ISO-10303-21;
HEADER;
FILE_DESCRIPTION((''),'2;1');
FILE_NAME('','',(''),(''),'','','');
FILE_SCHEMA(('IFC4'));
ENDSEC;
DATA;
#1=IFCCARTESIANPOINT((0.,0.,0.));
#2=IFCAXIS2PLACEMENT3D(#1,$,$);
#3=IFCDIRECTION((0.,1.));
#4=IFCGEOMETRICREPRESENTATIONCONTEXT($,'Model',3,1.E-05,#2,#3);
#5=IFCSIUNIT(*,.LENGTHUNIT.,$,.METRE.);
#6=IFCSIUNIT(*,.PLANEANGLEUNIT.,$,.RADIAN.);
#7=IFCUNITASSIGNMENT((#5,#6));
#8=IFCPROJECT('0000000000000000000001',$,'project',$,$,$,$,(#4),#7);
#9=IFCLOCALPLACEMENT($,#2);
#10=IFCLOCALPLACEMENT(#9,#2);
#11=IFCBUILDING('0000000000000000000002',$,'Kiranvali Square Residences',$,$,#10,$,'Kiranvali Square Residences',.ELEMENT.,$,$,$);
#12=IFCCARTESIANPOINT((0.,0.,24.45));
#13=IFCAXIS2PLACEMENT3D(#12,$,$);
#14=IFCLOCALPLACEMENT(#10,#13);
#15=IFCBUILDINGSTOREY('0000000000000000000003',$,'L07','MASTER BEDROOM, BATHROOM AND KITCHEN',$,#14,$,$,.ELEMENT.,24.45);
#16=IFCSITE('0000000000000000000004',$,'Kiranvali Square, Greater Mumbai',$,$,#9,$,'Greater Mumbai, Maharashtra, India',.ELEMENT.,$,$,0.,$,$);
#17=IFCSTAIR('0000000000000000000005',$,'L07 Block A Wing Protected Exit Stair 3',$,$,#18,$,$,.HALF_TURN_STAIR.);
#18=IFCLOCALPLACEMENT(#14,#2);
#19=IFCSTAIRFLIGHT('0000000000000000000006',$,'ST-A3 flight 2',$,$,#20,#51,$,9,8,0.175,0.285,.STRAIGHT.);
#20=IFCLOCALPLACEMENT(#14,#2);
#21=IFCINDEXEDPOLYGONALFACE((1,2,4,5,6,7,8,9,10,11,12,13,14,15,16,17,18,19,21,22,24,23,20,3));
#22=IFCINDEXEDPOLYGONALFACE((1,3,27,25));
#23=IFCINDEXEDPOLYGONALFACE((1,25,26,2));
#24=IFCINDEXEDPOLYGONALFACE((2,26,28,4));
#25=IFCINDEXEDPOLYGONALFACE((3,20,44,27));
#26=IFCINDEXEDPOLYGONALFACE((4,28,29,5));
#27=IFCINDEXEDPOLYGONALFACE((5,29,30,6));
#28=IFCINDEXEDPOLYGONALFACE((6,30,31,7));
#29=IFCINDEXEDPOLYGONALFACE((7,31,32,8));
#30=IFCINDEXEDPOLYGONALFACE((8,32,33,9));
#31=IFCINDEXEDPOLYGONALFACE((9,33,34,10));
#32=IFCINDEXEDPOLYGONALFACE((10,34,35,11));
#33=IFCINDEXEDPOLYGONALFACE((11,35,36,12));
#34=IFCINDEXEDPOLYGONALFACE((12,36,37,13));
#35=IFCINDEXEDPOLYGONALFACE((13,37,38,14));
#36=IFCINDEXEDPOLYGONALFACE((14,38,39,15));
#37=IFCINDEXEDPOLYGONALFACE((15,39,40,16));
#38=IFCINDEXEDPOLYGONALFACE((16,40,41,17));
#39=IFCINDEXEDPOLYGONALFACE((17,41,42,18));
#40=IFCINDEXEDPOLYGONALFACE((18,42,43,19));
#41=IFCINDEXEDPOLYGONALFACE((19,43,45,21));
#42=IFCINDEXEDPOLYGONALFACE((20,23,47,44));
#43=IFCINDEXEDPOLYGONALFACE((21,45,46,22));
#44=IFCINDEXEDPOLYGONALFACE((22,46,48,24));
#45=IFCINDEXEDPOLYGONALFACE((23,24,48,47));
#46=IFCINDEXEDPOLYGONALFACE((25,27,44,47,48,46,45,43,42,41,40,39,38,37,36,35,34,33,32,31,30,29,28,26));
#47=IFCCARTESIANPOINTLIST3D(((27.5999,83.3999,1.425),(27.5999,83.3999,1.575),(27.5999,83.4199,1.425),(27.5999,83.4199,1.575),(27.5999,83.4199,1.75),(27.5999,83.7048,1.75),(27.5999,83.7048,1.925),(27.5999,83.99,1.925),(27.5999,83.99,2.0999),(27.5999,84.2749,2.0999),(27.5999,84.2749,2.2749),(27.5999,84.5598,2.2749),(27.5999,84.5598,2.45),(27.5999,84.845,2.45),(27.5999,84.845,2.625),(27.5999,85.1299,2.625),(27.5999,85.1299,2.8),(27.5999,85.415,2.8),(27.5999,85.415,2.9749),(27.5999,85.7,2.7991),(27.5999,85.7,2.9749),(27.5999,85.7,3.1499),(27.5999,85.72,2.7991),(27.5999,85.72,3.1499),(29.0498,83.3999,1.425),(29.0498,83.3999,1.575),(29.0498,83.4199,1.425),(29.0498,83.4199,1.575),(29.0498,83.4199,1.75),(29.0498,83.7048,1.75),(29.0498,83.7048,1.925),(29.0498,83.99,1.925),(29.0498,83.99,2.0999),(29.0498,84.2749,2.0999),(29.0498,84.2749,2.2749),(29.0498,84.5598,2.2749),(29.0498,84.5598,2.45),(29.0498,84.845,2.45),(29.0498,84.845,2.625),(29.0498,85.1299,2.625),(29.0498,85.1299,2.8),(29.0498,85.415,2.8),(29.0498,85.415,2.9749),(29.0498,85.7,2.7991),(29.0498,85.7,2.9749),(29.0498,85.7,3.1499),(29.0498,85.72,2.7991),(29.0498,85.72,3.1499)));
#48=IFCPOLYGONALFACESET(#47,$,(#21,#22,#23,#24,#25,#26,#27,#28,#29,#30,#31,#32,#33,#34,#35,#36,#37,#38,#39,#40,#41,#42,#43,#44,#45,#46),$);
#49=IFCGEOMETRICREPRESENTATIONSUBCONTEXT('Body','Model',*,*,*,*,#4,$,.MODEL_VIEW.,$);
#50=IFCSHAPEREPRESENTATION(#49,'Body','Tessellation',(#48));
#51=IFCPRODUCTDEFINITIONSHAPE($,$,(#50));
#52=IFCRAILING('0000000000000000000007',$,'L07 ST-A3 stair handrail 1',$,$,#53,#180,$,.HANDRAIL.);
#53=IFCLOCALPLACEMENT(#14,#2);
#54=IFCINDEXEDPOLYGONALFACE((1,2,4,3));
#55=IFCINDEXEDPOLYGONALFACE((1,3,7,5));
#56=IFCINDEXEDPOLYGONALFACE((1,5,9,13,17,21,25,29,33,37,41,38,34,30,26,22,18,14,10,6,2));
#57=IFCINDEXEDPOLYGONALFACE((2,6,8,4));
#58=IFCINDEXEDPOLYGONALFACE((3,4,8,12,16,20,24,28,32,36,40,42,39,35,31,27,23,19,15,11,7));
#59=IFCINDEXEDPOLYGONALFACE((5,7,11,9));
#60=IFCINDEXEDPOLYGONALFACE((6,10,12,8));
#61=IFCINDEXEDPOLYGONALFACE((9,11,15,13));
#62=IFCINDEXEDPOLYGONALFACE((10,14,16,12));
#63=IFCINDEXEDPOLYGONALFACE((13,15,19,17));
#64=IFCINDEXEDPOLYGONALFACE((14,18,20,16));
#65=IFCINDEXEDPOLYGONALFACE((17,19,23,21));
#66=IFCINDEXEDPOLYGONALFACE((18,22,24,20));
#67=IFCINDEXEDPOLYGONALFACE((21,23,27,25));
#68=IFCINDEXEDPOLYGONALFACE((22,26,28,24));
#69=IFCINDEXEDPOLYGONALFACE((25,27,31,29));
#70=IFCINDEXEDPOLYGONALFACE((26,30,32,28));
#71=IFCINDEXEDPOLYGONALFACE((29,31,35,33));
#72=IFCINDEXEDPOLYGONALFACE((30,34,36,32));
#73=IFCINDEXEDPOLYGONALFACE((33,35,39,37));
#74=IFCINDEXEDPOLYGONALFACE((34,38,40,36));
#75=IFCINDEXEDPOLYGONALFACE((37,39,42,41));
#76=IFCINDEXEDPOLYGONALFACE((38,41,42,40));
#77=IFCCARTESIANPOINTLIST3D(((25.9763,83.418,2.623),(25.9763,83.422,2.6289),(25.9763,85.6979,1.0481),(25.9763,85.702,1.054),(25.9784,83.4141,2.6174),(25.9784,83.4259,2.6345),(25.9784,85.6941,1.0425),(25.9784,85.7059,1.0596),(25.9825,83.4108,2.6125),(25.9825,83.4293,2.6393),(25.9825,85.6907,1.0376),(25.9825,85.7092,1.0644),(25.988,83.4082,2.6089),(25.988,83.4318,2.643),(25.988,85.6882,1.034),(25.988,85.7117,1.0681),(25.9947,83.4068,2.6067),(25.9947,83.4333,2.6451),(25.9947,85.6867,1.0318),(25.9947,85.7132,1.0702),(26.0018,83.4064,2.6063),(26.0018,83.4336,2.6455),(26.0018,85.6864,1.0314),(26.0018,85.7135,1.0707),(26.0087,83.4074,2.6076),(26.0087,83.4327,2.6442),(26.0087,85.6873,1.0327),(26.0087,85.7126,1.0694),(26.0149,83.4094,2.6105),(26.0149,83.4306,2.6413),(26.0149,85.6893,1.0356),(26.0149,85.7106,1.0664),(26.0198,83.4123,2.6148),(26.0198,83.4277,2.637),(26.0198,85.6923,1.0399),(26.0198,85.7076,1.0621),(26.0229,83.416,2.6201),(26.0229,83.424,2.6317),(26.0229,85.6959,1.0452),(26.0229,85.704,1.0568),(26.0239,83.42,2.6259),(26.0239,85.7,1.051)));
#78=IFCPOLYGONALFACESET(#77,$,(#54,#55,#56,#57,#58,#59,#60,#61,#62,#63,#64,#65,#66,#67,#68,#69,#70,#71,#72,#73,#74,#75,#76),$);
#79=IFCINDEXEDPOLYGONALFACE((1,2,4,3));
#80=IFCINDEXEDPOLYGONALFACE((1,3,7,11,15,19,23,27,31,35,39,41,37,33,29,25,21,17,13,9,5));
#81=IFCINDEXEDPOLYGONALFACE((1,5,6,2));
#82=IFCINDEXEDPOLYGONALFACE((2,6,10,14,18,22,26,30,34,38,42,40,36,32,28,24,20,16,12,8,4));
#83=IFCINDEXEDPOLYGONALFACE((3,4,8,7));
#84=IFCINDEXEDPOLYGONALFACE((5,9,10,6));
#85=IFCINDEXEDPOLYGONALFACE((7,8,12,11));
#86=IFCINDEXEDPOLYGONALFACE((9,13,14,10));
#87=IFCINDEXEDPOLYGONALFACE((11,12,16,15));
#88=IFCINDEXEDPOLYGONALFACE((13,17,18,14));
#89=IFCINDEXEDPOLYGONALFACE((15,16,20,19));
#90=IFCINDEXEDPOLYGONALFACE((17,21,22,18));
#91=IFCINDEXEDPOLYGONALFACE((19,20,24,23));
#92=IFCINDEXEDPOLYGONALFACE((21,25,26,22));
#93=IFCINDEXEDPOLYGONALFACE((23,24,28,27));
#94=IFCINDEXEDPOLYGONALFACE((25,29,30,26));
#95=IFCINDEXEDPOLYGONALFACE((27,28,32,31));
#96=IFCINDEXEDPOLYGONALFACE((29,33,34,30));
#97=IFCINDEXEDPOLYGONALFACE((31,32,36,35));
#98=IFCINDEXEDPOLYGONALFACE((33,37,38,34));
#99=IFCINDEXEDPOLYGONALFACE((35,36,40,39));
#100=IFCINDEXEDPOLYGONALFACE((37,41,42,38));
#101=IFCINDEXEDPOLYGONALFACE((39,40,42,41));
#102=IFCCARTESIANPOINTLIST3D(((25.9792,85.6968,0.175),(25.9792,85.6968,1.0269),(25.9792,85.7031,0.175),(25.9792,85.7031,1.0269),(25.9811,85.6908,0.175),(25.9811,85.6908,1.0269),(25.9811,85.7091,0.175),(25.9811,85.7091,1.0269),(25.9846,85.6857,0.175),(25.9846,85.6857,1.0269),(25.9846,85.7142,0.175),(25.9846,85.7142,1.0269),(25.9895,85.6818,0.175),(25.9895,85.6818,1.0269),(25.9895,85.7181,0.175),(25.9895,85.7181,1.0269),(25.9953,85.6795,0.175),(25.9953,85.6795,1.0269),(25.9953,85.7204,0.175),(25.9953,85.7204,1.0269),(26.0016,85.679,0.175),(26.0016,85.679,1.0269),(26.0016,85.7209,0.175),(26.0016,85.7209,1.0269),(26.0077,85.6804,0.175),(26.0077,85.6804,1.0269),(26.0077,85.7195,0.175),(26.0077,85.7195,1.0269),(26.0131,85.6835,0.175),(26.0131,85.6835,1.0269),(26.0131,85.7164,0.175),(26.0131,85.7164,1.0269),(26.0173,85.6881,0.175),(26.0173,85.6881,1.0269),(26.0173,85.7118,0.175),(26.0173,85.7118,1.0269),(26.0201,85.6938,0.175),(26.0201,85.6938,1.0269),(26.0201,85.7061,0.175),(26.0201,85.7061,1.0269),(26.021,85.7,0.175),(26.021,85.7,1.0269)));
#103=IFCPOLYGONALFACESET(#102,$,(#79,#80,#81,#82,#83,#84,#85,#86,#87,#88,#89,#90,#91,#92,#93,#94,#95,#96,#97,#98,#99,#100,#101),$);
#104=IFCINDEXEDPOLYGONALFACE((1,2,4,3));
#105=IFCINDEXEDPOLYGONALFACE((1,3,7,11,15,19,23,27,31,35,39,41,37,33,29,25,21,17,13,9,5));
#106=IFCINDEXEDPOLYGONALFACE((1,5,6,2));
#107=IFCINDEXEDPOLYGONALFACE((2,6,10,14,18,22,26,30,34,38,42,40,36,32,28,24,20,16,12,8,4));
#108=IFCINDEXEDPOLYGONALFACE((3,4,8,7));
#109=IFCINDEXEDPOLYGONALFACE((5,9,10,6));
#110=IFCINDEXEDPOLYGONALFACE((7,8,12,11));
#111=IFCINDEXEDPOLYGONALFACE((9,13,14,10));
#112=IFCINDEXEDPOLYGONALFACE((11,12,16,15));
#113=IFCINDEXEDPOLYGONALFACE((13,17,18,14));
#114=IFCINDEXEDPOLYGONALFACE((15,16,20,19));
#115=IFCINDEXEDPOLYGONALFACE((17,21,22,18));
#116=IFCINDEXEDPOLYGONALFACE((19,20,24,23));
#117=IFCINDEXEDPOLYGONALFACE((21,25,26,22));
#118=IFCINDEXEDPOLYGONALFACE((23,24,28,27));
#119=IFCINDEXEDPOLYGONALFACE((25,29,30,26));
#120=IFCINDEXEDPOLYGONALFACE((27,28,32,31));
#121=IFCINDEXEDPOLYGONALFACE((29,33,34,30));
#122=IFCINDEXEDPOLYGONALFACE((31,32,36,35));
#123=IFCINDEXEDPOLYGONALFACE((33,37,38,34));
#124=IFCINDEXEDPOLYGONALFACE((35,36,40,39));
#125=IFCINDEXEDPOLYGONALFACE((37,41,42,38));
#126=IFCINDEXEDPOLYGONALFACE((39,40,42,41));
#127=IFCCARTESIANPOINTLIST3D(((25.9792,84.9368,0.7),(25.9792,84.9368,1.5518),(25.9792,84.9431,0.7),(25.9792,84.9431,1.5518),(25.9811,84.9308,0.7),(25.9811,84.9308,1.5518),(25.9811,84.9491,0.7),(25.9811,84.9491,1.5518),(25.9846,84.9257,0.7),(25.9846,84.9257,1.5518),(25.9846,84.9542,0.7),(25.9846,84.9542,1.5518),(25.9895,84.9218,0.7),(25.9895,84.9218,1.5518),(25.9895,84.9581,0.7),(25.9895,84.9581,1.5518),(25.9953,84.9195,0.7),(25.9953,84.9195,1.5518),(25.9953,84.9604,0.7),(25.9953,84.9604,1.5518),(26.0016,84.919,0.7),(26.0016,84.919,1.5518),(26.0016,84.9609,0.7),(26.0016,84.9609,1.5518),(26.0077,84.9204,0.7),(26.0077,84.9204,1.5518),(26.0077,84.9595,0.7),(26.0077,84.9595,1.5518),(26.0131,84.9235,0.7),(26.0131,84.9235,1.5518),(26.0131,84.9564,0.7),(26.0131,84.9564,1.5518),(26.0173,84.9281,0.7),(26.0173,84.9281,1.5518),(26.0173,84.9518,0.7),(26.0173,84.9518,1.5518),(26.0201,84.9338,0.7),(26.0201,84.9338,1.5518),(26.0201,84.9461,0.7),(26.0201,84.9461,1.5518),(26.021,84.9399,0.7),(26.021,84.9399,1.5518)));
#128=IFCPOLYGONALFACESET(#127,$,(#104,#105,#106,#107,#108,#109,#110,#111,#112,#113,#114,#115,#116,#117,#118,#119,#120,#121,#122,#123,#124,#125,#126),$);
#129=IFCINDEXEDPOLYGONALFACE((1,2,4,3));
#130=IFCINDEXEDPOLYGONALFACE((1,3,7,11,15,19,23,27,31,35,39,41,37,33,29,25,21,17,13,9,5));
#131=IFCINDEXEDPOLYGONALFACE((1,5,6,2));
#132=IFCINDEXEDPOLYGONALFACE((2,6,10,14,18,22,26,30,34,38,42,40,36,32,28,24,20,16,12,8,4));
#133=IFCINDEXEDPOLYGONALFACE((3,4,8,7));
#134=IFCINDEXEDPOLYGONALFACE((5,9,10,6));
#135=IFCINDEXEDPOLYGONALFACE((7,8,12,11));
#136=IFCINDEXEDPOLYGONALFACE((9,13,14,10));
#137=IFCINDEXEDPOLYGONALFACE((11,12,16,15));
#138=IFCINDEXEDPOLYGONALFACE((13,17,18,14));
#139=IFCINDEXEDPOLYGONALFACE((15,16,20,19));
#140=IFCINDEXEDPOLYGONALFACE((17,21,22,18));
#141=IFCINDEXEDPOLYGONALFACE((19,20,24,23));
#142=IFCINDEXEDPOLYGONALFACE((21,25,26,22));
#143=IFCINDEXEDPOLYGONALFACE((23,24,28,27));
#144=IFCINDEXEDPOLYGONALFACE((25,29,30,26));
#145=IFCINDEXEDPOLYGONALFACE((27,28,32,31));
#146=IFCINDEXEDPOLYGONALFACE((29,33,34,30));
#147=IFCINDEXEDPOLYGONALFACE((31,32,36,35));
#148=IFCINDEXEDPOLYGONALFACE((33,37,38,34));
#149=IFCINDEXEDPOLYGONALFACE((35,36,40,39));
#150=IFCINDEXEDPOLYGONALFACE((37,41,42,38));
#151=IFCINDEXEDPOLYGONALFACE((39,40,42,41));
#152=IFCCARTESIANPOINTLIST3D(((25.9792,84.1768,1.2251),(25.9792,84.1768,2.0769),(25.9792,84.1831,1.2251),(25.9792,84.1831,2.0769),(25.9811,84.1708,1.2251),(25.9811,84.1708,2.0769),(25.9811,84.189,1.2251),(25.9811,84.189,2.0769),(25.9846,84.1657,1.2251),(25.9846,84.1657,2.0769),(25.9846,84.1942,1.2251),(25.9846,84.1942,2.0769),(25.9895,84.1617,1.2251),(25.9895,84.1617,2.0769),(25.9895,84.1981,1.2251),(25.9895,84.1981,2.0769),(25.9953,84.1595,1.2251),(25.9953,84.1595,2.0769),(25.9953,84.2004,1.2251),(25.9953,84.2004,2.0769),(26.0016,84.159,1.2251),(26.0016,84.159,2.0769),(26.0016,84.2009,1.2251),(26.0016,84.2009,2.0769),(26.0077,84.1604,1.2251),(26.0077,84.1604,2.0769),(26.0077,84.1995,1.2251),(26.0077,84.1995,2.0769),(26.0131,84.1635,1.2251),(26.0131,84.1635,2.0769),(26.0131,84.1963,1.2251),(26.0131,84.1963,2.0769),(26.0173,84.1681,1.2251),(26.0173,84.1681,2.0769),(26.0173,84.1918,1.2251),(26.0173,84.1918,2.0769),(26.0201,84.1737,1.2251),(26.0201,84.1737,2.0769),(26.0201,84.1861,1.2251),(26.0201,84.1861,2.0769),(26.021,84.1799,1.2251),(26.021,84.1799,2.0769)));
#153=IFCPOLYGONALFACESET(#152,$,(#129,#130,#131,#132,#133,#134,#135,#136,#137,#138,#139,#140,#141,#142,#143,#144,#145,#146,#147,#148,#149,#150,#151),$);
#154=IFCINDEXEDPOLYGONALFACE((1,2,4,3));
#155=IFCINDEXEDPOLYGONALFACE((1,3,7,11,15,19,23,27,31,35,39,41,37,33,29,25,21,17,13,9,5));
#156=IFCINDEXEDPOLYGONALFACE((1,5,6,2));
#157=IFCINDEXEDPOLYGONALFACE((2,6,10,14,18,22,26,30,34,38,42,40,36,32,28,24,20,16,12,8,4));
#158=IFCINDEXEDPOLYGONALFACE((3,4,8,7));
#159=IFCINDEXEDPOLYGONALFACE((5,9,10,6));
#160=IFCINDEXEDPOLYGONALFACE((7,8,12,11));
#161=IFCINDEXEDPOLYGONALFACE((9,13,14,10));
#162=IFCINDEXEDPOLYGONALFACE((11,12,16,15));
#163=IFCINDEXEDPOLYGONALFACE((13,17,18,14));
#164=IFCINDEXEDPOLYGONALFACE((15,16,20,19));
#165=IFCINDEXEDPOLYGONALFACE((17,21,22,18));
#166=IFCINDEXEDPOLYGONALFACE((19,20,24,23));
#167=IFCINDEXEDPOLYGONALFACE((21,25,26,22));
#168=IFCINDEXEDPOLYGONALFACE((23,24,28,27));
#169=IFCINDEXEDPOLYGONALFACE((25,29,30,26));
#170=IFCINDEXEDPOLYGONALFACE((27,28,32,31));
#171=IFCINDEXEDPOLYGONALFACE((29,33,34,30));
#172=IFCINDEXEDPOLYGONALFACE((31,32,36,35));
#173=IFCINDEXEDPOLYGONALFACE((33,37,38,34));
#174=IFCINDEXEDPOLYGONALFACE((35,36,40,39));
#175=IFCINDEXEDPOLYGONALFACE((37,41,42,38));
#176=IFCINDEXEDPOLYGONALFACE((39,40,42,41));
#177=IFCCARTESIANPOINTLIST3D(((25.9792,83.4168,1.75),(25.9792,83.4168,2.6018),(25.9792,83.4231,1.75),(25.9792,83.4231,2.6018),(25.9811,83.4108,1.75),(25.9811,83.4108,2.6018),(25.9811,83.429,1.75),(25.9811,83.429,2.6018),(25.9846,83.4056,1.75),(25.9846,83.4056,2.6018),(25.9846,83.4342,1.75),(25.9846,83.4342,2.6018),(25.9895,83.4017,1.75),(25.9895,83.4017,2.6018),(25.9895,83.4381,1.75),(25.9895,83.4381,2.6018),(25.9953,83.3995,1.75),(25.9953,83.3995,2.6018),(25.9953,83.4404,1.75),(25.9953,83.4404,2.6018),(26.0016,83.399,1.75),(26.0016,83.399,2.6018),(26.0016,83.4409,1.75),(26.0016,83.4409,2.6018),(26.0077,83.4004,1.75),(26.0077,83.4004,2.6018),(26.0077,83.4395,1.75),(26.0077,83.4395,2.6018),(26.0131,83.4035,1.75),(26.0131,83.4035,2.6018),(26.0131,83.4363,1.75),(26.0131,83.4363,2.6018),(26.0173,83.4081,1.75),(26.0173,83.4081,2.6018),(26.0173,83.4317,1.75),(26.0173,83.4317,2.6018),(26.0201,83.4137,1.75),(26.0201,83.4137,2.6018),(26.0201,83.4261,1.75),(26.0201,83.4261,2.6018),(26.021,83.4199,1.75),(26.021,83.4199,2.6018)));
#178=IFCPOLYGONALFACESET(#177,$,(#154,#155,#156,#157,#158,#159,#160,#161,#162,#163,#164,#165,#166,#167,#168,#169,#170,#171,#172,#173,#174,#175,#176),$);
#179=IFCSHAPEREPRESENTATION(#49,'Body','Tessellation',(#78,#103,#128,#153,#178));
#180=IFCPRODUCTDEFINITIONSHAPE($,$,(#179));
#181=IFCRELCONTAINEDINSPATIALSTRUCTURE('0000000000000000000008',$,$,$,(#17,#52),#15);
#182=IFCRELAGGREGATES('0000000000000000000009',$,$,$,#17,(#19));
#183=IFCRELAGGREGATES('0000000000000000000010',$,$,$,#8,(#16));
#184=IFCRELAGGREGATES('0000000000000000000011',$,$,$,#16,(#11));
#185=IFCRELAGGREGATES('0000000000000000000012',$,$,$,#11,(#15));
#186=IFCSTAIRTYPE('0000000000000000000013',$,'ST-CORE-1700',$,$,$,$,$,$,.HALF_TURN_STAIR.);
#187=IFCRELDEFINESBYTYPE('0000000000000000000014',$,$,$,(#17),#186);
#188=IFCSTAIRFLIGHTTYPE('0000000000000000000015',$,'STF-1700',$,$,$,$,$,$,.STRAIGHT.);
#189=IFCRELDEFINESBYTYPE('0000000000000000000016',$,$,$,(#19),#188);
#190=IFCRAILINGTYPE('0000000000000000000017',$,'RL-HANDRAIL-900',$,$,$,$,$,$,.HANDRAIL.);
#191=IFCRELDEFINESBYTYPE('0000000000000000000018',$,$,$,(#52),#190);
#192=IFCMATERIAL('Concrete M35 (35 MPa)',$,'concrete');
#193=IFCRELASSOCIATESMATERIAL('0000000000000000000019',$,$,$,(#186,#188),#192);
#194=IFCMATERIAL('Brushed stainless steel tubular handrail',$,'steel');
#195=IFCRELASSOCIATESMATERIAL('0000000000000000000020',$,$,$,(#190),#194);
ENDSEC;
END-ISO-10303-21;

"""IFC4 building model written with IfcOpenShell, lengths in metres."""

from ifc_helpers import new_model, si_unit, direction, frame, origin, origin_2d, place, context, subcontext, project, spatial, polyline, circle, outline, extrude, material, type_object, element, aggregate, save


model = new_model("IFC4")

# Units and contexts
model_context = context("Model", 3, precision=1e-05, world=origin(), true_north=direction((0.0, 1.0)))
body_context = subcontext(model_context, "Body", "Model", "MODEL_VIEW")
ifc_project = project(units=[si_unit("LENGTHUNIT", "METRE"), si_unit("PLANEANGLEUNIT", "RADIAN")], contexts=[model_context])

# Site, building, storey
site_placement = place(None, origin())
site = spatial("IfcSite", under=ifc_project, at=site_placement, Name="Kiranvali Square, Greater Mumbai", LongName="Greater Mumbai, Maharashtra, India", CompositionType="ELEMENT", RefElevation=0.0)
building_placement = place(site_placement, origin())
building = spatial("IfcBuilding", under=site, at=building_placement, Name="Kiranvali Square Residences", LongName="Kiranvali Square Residences", CompositionType="ELEMENT")
storey_placement = place(building_placement, frame((0.0, 0.0, 24.45)))
storey = spatial("IfcBuildingStorey", under=building, at=storey_placement, Name="L07", Description="MASTER BEDROOM, BATHROOM AND KITCHEN", CompositionType="ELEMENT", Elevation=24.45)

# Stair, stair flight
ifc_material_1 = material(Name="Concrete M35 (35 MPa)", Category="concrete")
stair_type = type_object("IfcStairType", Name="ST-CORE-1700", PredefinedType="HALF_TURN_STAIR", material=ifc_material_1)
stair_placement = place(storey_placement, origin())
stair = element("IfcStair", 1, at=stair_placement, inside=storey, type_object=stair_type, Name="L07 Block A Wing Protected Exit Stair 3", PredefinedType="HALF_TURN_STAIR")
stair_flight_type = type_object("IfcStairFlightType", Name="STF-1700", PredefinedType="STRAIGHT", material=ifc_material_1)
stair_flight_1_placement = place(storey_placement, frame((28.325, 83.4199, 1.575), z_axis=(0.0, 0.0, 1.0), x_axis=(0.0, 1.0, 0.0)))
stair_flight_1 = element("IfcStairFlight", 2, at=stair_flight_1_placement, type_object=stair_flight_type, Name="ST-A3 flight 2", NumberOfRisers=9, NumberOfTreads=8, PredefinedType="STRAIGHT", RiserHeight=0.175, TreadLength=0.285, context=body_context, shape_type="SweptSolid", body=[
    extrude(outline(polyline([(-0.02, -0.1499), (-0.02, 0.0), (0.0, 0.0), (0.0, 0.175), (0.2849, 0.175), (0.2849, 0.3501), (0.5701, 0.3501), (0.5701, 0.5249), (0.855, 0.5249), (0.855, 0.7), (1.1399, 0.7), (1.1399, 0.875), (1.425, 0.875), (1.425, 1.05), (1.71, 1.05), (1.71, 1.2251), (1.9951, 1.2251), (1.9951, 1.3999), (2.28, 1.3999), (2.28, 1.575), (2.3, 1.575), (2.3, 1.2241), (2.28, 1.2241), (0.0, -0.1499), (-0.02, -0.1499)])), frame((0.0, 0.7251, 0.0), z_axis=(0.0, -1.0, 0.0), x_axis=(1.0, 0.0, 0.0)), (0.0, 0.0, 1.0), 1.45),
])
aggregate(stair, [stair_flight_1])

# Railing
ifc_material_2 = material(Name="Brushed stainless steel tubular handrail", Category="steel")
railing_type_1 = type_object("IfcRailingType", Name="RL-HANDRAIL-900", PredefinedType="HANDRAIL", material=ifc_material_2)
railing_1_placement = place(storey_placement, frame((26.0, 85.7, 0.175)))
element("IfcRailing", 3, at=railing_1_placement, inside=storey, type_object=railing_type_1, Name="L07 ST-A3 stair handrail 1", PredefinedType="HANDRAIL", context=body_context, shape_type="SweptSolid", body=[
    extrude(circle(Radius=0.0239, at=origin_2d()), frame((0.0, 0.0, 0.876), z_axis=(0.0, -0.822788, 0.568348), x_axis=(1.0, 0.0, 0.0)), (0.0, 0.0, 1.0), 2.771),
    extrude(circle(Radius=0.021, at=origin_2d()), origin(), (0.0, 0.0, 1.0), 0.8518),
    extrude(circle(Radius=0.021, at=origin_2d()), frame((0.0, -0.76, 0.5249)), (0.0, 0.0, 1.0), 0.8518),
    extrude(circle(Radius=0.021, at=origin_2d()), frame((0.0, -1.52, 1.05)), (0.0, 0.0, 1.0), 0.8518),
    extrude(circle(Radius=0.021, at=origin_2d()), frame((0.0, -2.28, 1.575)), (0.0, 0.0, 1.0), 0.8518),
])

save(model, "model.ifc")
